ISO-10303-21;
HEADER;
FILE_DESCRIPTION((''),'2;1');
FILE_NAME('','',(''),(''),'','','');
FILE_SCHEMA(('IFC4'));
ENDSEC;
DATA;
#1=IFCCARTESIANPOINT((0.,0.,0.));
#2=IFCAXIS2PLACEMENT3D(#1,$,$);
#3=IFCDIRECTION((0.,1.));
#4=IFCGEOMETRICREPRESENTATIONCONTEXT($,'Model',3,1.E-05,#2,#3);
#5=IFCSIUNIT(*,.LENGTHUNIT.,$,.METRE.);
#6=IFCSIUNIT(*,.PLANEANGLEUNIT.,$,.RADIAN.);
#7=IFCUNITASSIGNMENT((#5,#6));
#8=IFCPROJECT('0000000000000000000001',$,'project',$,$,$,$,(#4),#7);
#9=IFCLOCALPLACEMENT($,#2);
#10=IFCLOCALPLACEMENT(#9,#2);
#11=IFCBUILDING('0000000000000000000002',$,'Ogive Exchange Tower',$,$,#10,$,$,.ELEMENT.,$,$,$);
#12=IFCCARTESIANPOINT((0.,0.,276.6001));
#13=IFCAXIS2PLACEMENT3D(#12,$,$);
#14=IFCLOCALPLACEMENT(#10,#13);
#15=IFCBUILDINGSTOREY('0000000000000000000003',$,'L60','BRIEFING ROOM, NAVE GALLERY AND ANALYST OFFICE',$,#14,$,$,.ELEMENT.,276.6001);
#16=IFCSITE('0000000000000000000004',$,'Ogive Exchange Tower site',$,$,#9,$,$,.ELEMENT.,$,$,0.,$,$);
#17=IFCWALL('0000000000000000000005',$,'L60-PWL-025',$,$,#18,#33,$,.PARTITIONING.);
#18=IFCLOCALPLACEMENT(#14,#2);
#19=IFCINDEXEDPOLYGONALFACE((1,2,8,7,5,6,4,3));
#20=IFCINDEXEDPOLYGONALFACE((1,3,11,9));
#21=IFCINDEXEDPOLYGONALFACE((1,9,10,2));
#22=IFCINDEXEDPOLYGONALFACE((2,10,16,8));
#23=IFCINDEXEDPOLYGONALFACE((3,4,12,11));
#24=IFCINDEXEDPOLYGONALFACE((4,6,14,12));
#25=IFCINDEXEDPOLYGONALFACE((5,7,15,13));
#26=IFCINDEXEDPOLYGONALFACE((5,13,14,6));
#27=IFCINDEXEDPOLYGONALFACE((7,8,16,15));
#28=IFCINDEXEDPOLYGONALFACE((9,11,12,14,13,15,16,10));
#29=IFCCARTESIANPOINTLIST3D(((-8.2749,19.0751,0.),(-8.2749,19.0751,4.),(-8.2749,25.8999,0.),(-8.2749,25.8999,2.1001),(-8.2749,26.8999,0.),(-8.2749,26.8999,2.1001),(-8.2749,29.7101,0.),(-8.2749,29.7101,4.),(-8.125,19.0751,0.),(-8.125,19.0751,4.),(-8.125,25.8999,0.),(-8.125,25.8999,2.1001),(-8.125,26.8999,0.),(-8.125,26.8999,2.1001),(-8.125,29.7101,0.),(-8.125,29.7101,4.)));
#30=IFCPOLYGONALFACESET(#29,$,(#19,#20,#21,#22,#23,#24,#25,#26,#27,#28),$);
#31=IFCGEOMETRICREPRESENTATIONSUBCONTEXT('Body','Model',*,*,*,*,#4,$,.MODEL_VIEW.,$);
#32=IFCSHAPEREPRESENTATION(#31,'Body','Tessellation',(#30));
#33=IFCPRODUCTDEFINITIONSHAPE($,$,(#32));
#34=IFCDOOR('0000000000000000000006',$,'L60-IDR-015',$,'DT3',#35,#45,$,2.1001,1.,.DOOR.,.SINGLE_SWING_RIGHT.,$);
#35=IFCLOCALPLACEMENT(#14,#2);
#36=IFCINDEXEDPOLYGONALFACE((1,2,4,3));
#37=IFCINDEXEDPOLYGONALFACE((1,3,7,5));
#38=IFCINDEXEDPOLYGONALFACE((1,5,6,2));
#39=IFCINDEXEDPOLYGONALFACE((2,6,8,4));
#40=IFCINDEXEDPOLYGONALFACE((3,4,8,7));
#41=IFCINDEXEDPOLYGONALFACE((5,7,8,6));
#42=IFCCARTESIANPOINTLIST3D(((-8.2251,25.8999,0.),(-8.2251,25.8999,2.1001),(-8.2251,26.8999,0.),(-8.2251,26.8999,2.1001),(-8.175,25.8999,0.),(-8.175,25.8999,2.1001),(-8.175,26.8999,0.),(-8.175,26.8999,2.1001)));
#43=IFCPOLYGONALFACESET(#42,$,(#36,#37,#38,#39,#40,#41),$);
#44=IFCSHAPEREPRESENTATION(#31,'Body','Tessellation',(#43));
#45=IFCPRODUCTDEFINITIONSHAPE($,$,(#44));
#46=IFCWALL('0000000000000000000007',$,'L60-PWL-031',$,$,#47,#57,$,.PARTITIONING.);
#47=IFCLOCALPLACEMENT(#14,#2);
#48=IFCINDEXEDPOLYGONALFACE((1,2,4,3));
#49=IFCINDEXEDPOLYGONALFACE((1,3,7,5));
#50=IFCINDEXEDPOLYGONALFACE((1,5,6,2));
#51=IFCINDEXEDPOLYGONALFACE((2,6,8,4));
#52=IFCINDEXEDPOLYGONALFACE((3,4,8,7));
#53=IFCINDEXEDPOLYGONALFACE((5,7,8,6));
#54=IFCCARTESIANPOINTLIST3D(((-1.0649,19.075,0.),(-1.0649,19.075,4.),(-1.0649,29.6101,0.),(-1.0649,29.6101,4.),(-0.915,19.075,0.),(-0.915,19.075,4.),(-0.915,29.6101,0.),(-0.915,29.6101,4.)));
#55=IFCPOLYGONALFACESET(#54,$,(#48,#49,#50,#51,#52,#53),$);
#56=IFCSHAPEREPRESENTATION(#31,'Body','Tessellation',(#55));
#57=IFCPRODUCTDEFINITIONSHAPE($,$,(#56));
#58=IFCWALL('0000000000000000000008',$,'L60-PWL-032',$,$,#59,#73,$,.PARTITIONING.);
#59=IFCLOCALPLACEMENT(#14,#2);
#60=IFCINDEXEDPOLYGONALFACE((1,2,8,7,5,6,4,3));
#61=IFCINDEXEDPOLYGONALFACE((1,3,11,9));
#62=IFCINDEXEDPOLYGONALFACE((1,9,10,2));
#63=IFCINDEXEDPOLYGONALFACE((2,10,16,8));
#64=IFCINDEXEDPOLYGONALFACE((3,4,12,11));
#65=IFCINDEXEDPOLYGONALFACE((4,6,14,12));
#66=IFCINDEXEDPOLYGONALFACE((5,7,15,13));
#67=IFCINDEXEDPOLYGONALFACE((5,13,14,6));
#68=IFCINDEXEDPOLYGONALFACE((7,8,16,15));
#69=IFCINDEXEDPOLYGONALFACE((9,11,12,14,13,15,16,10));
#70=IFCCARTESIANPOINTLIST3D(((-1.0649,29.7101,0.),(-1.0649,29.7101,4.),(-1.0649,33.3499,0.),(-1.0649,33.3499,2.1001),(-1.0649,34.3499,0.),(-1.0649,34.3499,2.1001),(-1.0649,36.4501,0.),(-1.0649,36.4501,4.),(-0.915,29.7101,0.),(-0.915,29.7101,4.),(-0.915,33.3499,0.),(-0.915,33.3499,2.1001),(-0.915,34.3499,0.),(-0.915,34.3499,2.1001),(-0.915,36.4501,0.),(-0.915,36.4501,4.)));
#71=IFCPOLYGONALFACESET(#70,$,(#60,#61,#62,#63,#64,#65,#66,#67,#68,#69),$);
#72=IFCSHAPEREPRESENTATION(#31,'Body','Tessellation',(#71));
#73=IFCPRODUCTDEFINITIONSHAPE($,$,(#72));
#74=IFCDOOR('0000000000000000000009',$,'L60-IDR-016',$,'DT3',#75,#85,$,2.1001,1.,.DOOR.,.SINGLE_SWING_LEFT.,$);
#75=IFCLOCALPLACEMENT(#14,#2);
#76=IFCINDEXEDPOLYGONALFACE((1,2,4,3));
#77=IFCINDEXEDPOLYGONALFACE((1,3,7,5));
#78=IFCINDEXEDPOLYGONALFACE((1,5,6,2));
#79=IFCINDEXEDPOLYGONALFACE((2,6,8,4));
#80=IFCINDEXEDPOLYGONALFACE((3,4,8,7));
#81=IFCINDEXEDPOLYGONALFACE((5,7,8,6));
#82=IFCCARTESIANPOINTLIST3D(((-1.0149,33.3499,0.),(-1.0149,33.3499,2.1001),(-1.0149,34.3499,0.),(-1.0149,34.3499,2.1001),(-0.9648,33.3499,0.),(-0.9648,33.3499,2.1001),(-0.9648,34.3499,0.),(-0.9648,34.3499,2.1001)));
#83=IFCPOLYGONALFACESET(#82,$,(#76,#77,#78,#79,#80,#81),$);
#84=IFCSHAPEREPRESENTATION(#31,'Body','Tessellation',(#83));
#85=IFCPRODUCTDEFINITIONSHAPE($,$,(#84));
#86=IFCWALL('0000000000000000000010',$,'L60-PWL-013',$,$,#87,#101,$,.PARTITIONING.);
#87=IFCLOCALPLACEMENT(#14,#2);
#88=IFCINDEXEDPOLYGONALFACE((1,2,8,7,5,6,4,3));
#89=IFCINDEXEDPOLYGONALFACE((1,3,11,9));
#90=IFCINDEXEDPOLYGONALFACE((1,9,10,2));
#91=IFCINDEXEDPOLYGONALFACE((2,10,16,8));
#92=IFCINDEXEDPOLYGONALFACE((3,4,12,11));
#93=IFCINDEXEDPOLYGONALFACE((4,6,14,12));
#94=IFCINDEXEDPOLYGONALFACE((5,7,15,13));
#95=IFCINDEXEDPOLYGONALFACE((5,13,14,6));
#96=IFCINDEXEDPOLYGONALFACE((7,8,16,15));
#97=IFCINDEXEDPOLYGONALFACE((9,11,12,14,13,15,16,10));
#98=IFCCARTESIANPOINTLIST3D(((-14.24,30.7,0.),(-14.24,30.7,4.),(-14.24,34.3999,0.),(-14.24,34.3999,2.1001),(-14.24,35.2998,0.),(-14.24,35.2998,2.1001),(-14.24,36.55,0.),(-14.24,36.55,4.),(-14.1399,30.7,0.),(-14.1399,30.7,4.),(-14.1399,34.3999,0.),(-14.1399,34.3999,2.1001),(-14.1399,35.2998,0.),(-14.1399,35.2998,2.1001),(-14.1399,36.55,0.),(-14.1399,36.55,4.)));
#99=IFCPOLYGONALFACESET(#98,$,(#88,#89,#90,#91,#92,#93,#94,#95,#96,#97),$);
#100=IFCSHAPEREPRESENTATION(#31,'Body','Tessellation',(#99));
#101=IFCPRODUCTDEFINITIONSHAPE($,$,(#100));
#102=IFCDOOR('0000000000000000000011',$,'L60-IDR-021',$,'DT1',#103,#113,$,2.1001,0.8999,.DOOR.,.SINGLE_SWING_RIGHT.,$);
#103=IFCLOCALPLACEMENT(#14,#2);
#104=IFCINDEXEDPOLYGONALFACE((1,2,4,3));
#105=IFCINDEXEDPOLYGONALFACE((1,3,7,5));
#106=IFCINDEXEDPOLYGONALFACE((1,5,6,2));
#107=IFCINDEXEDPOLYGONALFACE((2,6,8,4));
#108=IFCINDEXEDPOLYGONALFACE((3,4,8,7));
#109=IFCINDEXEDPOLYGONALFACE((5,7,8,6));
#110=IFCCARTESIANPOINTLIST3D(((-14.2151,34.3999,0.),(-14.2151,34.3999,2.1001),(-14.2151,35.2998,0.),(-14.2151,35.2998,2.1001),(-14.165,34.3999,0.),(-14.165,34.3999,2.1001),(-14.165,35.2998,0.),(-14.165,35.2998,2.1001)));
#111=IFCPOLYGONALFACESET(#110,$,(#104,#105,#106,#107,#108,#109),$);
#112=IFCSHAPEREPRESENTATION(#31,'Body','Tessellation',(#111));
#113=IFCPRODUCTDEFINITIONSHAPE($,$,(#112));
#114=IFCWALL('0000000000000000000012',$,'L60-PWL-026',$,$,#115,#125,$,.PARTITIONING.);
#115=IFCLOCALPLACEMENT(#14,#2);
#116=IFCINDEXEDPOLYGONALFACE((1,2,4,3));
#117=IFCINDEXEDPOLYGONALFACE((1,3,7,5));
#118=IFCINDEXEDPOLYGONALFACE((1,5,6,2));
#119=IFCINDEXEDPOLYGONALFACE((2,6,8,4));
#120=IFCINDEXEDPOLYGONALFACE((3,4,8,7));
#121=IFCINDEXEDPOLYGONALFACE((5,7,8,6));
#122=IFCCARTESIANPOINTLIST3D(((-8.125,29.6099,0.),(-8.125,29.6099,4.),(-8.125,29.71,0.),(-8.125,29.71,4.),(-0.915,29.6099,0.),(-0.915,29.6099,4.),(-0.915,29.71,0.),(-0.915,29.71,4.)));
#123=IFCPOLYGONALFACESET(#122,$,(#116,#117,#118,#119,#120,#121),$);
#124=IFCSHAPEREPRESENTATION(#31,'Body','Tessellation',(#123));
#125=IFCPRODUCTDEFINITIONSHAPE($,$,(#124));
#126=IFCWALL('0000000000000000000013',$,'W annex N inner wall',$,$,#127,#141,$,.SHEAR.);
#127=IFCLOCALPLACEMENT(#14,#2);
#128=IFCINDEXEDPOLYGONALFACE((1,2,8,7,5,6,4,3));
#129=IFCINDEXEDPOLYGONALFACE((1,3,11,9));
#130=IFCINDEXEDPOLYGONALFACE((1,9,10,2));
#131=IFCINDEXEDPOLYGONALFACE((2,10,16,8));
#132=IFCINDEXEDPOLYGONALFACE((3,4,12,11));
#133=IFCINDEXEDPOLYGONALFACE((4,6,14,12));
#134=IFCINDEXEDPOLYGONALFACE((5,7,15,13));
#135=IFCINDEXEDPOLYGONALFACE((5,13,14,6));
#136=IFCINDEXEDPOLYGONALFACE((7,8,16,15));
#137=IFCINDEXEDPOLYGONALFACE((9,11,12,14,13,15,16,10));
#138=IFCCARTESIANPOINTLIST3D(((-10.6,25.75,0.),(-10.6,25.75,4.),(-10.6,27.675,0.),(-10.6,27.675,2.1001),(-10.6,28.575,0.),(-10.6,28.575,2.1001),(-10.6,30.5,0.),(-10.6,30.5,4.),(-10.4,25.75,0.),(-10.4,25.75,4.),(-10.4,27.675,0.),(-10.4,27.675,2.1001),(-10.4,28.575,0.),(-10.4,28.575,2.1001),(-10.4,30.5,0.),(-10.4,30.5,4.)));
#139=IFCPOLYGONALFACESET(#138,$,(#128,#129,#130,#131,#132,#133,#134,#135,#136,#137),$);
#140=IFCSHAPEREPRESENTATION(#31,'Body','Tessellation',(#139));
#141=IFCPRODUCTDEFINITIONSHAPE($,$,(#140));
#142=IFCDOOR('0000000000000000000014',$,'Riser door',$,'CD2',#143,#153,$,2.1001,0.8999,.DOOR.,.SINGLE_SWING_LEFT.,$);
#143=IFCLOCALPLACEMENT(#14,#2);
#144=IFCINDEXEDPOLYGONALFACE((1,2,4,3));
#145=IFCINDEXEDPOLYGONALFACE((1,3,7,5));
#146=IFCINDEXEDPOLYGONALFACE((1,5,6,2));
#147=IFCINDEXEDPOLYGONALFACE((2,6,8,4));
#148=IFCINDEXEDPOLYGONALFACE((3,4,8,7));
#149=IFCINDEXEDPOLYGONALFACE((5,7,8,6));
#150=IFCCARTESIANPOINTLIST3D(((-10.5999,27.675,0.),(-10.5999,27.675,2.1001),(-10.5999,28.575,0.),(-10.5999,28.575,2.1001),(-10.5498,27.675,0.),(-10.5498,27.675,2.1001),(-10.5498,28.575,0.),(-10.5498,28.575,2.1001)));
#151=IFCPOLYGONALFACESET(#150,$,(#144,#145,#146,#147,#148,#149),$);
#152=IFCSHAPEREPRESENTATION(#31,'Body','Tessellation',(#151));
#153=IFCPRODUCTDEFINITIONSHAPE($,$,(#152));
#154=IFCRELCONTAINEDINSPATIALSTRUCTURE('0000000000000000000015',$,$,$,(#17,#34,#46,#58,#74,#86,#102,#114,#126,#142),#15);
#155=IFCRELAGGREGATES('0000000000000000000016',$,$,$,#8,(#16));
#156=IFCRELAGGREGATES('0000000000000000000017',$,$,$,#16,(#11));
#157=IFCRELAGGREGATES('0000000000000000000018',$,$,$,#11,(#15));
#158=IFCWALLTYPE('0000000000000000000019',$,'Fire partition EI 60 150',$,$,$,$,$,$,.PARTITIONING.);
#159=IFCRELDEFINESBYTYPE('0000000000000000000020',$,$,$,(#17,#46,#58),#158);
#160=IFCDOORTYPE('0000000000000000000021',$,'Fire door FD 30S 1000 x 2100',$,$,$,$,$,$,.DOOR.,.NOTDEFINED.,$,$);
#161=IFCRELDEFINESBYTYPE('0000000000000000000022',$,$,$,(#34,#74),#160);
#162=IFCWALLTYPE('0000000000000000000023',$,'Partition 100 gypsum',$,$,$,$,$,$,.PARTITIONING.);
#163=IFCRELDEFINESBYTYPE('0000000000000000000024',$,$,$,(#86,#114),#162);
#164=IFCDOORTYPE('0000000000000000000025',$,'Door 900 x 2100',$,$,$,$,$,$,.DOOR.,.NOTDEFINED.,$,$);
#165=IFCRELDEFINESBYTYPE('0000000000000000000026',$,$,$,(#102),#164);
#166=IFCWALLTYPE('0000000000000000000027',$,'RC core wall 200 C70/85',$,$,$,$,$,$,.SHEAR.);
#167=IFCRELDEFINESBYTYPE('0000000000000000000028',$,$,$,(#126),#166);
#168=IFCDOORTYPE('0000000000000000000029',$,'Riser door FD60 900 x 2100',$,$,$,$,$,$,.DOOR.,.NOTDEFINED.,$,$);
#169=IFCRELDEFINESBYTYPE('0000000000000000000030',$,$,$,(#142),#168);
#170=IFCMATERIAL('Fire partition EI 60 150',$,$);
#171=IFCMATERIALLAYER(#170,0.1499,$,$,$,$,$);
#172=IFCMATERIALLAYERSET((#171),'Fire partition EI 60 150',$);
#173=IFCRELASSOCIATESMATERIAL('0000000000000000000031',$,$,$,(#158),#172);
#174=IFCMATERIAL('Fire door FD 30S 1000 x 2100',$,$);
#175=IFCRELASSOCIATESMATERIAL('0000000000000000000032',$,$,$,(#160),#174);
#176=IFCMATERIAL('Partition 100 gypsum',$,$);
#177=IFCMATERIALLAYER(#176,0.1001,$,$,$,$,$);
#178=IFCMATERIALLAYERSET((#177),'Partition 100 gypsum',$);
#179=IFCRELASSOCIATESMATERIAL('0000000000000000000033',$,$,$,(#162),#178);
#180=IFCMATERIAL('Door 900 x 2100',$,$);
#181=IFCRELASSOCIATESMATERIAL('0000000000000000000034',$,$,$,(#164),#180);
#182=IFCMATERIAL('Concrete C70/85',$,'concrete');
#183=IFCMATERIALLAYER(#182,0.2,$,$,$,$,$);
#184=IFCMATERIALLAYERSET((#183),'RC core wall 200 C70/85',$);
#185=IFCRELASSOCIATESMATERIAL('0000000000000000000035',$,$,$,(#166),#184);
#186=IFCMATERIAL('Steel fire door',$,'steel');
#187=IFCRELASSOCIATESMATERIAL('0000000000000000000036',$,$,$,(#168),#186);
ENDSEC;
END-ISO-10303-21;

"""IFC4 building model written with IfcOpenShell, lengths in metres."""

from ifc_helpers import new_model, si_unit, direction, frame, frame_2d, origin, place, context, subcontext, project, spatial, rectangle, extrude, material, layer, layer_set, type_object, element, fill, save


model = new_model("IFC4")

# Units and contexts
model_context = context("Model", 3, precision=1e-05, world=origin(), true_north=direction((0.0, 1.0)))
body_context = subcontext(model_context, "Body", "Model", "MODEL_VIEW")
ifc_project = project(units=[si_unit("LENGTHUNIT", "METRE"), si_unit("PLANEANGLEUNIT", "RADIAN")], contexts=[model_context])

# Site, building, storey
site_placement = place(None, origin())
site = spatial("IfcSite", under=ifc_project, at=site_placement, Name="Ogive Exchange Tower site", CompositionType="ELEMENT", RefElevation=0.0)
building_placement = place(site_placement, origin())
building = spatial("IfcBuilding", under=site, at=building_placement, Name="Ogive Exchange Tower", CompositionType="ELEMENT")
storey_placement = place(building_placement, frame((0.0, 0.0, 276.6001)))
storey = spatial("IfcBuildingStorey", under=building, at=storey_placement, Name="L60", Description="BRIEFING ROOM, NAVE GALLERY AND ANALYST OFFICE", CompositionType="ELEMENT", Elevation=276.6001)

# Shared definitions
ifc_material_1 = material(Name="Fire partition EI 60 150")
ifc_layer_1 = layer(ifc_material_1, 0.1499)
ifc_layer_set_1 = layer_set([ifc_layer_1], Name="Fire partition EI 60 150")
wall_type_1 = type_object("IfcWallType", Name="Fire partition EI 60 150", PredefinedType="PARTITIONING", material=ifc_layer_set_1)

# Wall, opening, door
wall_1_placement = place(storey_placement, frame((-8.2, 29.71, 0.0), z_axis=(0.0, 0.0, 1.0), x_axis=(0.0, -1.0, 0.0)))
wall_1 = element("IfcWall", 1, at=wall_1_placement, inside=storey, type_object=wall_type_1, Name="L60-PWL-025", PredefinedType="PARTITIONING", context=body_context, shape_type="SweptSolid", body=[
    extrude(rectangle(XDim=10.635, YDim=0.1499, at=frame_2d((5.3174, 0.0))), origin(), (0.0, 0.0, 1.0), 4.0),
])
opening_1_placement = place(wall_1_placement, frame((2.8101, 0.0, 0.0)))
opening_1 = element("IfcOpeningElement", 2, at=opening_1_placement, cuts=wall_1, PredefinedType="OPENING", context=body_context, shape_type="SweptSolid", body=[
    extrude(rectangle(XDim=1.0, YDim=2.1001, at=frame_2d((0.5, 1.05))), frame((0.0, 0.085, 0.0), z_axis=(0.0, -1.0, 0.0), x_axis=(1.0, 0.0, 0.0)), (0.0, 0.0, 1.0), 0.1699),
])
ifc_material_2 = material(Name="Fire door FD 30S 1000 x 2100")
door_type_1 = type_object("IfcDoorType", Name="Fire door FD 30S 1000 x 2100", OperationType="NOTDEFINED", PredefinedType="DOOR", material=ifc_material_2)
door_1_placement = place(opening_1_placement, origin())
door_1 = element("IfcDoor", 3, at=door_1_placement, inside=storey, type_object=door_type_1, Name="L60-IDR-015", ObjectType="DT3", OperationType="SINGLE_SWING_RIGHT", OverallHeight=2.1001, OverallWidth=1.0, PredefinedType="DOOR", context=body_context, shape_type="SweptSolid", body=[
    extrude(rectangle(XDim=1.0, YDim=2.1001, at=frame_2d((0.5, 1.05))), frame((0.0, 0.0249, 0.0), z_axis=(0.0, -1.0, 0.0), x_axis=(1.0, 0.0, 0.0)), (0.0, 0.0, 1.0), 0.05),
])
fill(opening_1, door_1)

# Wall
wall_2_placement = place(storey_placement, frame((-0.99, 19.075, 0.0), z_axis=(0.0, 0.0, 1.0), x_axis=(0.0, 1.0, 0.0)))
element("IfcWall", 4, at=wall_2_placement, inside=storey, type_object=wall_type_1, Name="L60-PWL-031", PredefinedType="PARTITIONING", context=body_context, shape_type="SweptSolid", body=[
    extrude(rectangle(XDim=10.5352, YDim=0.1499, at=frame_2d((5.2676, 0.0))), origin(), (0.0, 0.0, 1.0), 4.0),
])

# Walls, openings, doors
wall_3_placement = place(storey_placement, frame((-0.99, 29.71, 0.0), z_axis=(0.0, 0.0, 1.0), x_axis=(0.0, 1.0, 0.0)))
wall_3 = element("IfcWall", 5, at=wall_3_placement, inside=storey, type_object=wall_type_1, Name="L60-PWL-032", PredefinedType="PARTITIONING", context=body_context, shape_type="SweptSolid", body=[
    extrude(rectangle(XDim=6.74, YDim=0.1499, at=frame_2d((3.3701, 0.0))), origin(), (0.0, 0.0, 1.0), 4.0),
])
opening_2_placement = place(wall_3_placement, frame((3.6399, 0.0, 0.0)))
opening_2 = element("IfcOpeningElement", 6, at=opening_2_placement, cuts=wall_3, PredefinedType="OPENING", context=body_context, shape_type="SweptSolid", body=[
    extrude(rectangle(XDim=1.0, YDim=2.1001, at=frame_2d((0.5, 1.05))), frame((0.0, 0.085, 0.0), z_axis=(0.0, -1.0, 0.0), x_axis=(1.0, 0.0, 0.0)), (0.0, 0.0, 1.0), 0.1699),
])
door_2_placement = place(opening_2_placement, origin())
door_2 = element("IfcDoor", 7, at=door_2_placement, inside=storey, type_object=door_type_1, Name="L60-IDR-016", ObjectType="DT3", OperationType="SINGLE_SWING_LEFT", OverallHeight=2.1001, OverallWidth=1.0, PredefinedType="DOOR", context=body_context, shape_type="SweptSolid", body=[
    extrude(rectangle(XDim=1.0, YDim=2.1001, at=frame_2d((0.5, 1.05))), frame((0.0, 0.0249, 0.0), z_axis=(0.0, -1.0, 0.0), x_axis=(1.0, 0.0, 0.0)), (0.0, 0.0, 1.0), 0.05),
])
fill(opening_2, door_2)
ifc_material_3 = material(Name="Partition 100 gypsum")
ifc_layer_2 = layer(ifc_material_3, 0.1001)
ifc_layer_set_2 = layer_set([ifc_layer_2], Name="Partition 100 gypsum")
wall_type_2 = type_object("IfcWallType", Name="Partition 100 gypsum", PredefinedType="PARTITIONING", material=ifc_layer_set_2)
wall_4_placement = place(storey_placement, frame((-14.1899, 30.7, 0.0), z_axis=(0.0, 0.0, 1.0), x_axis=(0.0, 1.0, 0.0)))
wall_4 = element("IfcWall", 8, at=wall_4_placement, inside=storey, type_object=wall_type_2, Name="L60-PWL-013", PredefinedType="PARTITIONING", context=body_context, shape_type="SweptSolid", body=[
    extrude(rectangle(XDim=5.8501, YDim=0.1001, at=frame_2d((2.925, 0.0))), origin(), (0.0, 0.0, 1.0), 4.0),
])
opening_3_placement = place(wall_4_placement, frame((3.7, 0.0, 0.0)))
opening_3 = element("IfcOpeningElement", 9, at=opening_3_placement, cuts=wall_4, PredefinedType="OPENING", context=body_context, shape_type="SweptSolid", body=[
    extrude(rectangle(XDim=0.8999, YDim=2.1001, at=frame_2d((0.45, 1.05))), frame((0.0, 0.0601, 0.0), z_axis=(0.0, -1.0, 0.0), x_axis=(1.0, 0.0, 0.0)), (0.0, 0.0, 1.0), 0.1201),
])
ifc_material_4 = material(Name="Door 900 x 2100")
door_type_2 = type_object("IfcDoorType", Name="Door 900 x 2100", OperationType="NOTDEFINED", PredefinedType="DOOR", material=ifc_material_4)
door_3_placement = place(opening_3_placement, frame((0.8999, 0.0, 0.0), z_axis=(0.0, 0.0, 1.0), x_axis=(-1.0, 0.0, 0.0)))
door_3 = element("IfcDoor", 10, at=door_3_placement, inside=storey, type_object=door_type_2, Name="L60-IDR-021", ObjectType="DT1", OperationType="SINGLE_SWING_RIGHT", OverallHeight=2.1001, OverallWidth=0.8999, PredefinedType="DOOR", context=body_context, shape_type="SweptSolid", body=[
    extrude(rectangle(XDim=0.8999, YDim=2.1001, at=frame_2d((0.45, 1.05))), frame((0.0, 0.0249, 0.0), z_axis=(0.0, -1.0, 0.0), x_axis=(1.0, 0.0, 0.0)), (0.0, 0.0, 1.0), 0.05),
])
fill(opening_3, door_3)

# Wall
wall_5_placement = place(storey_placement, frame((-8.125, 29.6599, 0.0), z_axis=(0.0, 0.0, 1.0), x_axis=(1.0, 0.0, 0.0)))
element("IfcWall", 11, at=wall_5_placement, inside=storey, type_object=wall_type_2, Name="L60-PWL-026", PredefinedType="PARTITIONING", context=body_context, shape_type="SweptSolid", body=[
    extrude(rectangle(XDim=7.21, YDim=0.1001, at=frame_2d((3.605, 0.0))), origin(), (0.0, 0.0, 1.0), 4.0),
])

# Wall, opening, door
ifc_material_5 = material(Name="Concrete C70/85", Category="concrete")
ifc_layer_3 = layer(ifc_material_5, 0.2)
ifc_layer_set_3 = layer_set([ifc_layer_3], Name="RC core wall 200 C70/85")
wall_type_3 = type_object("IfcWallType", Name="RC core wall 200 C70/85", PredefinedType="SHEAR", material=ifc_layer_set_3)
wall_6_placement = place(storey_placement, frame((-10.5, 25.75, 0.0), z_axis=(0.0, 0.0, 1.0), x_axis=(0.0, 1.0, 0.0)))
wall_6 = element("IfcWall", 12, at=wall_6_placement, inside=storey, type_object=wall_type_3, Name="W annex N inner wall", PredefinedType="SHEAR", context=body_context, shape_type="SweptSolid", body=[
    extrude(rectangle(XDim=4.75, YDim=0.2, at=frame_2d((2.375, 0.0))), origin(), (0.0, 0.0, 1.0), 4.0),
])
opening_4_placement = place(wall_6_placement, frame((1.925, 0.0, 0.0)))
opening_4 = element("IfcOpeningElement", 13, at=opening_4_placement, cuts=wall_6, PredefinedType="OPENING", context=body_context, shape_type="SweptSolid", body=[
    extrude(rectangle(XDim=0.8999, YDim=2.1001, at=frame_2d((0.45, 1.05))), frame((0.0, 0.1099, 0.0), z_axis=(0.0, -1.0, 0.0), x_axis=(1.0, 0.0, 0.0)), (0.0, 0.0, 1.0), 0.22),
])
ifc_material_6 = material(Name="Steel fire door", Category="steel")
door_type_3 = type_object("IfcDoorType", Name="Riser door FD60 900 x 2100", OperationType="NOTDEFINED", PredefinedType="DOOR", material=ifc_material_6)
door_4_placement = place(opening_4_placement, frame((0.8999, 0.1499, 0.0), z_axis=(0.0, 0.0, 1.0), x_axis=(-1.0, 0.0, 0.0)))
door_4 = element("IfcDoor", 14, at=door_4_placement, inside=storey, type_object=door_type_3, Name="Riser door", ObjectType="CD2", OperationType="SINGLE_SWING_LEFT", OverallHeight=2.1001, OverallWidth=0.8999, PredefinedType="DOOR", context=body_context, shape_type="SweptSolid", body=[
    extrude(rectangle(XDim=0.8999, YDim=2.1001, at=frame_2d((0.45, 1.05))), frame((0.0, 0.1001, 0.0), z_axis=(0.0, -1.0, 0.0), x_axis=(1.0, 0.0, 0.0)), (0.0, 0.0, 1.0), 0.05),
])
fill(opening_4, door_4)

save(model, "model.ifc")
